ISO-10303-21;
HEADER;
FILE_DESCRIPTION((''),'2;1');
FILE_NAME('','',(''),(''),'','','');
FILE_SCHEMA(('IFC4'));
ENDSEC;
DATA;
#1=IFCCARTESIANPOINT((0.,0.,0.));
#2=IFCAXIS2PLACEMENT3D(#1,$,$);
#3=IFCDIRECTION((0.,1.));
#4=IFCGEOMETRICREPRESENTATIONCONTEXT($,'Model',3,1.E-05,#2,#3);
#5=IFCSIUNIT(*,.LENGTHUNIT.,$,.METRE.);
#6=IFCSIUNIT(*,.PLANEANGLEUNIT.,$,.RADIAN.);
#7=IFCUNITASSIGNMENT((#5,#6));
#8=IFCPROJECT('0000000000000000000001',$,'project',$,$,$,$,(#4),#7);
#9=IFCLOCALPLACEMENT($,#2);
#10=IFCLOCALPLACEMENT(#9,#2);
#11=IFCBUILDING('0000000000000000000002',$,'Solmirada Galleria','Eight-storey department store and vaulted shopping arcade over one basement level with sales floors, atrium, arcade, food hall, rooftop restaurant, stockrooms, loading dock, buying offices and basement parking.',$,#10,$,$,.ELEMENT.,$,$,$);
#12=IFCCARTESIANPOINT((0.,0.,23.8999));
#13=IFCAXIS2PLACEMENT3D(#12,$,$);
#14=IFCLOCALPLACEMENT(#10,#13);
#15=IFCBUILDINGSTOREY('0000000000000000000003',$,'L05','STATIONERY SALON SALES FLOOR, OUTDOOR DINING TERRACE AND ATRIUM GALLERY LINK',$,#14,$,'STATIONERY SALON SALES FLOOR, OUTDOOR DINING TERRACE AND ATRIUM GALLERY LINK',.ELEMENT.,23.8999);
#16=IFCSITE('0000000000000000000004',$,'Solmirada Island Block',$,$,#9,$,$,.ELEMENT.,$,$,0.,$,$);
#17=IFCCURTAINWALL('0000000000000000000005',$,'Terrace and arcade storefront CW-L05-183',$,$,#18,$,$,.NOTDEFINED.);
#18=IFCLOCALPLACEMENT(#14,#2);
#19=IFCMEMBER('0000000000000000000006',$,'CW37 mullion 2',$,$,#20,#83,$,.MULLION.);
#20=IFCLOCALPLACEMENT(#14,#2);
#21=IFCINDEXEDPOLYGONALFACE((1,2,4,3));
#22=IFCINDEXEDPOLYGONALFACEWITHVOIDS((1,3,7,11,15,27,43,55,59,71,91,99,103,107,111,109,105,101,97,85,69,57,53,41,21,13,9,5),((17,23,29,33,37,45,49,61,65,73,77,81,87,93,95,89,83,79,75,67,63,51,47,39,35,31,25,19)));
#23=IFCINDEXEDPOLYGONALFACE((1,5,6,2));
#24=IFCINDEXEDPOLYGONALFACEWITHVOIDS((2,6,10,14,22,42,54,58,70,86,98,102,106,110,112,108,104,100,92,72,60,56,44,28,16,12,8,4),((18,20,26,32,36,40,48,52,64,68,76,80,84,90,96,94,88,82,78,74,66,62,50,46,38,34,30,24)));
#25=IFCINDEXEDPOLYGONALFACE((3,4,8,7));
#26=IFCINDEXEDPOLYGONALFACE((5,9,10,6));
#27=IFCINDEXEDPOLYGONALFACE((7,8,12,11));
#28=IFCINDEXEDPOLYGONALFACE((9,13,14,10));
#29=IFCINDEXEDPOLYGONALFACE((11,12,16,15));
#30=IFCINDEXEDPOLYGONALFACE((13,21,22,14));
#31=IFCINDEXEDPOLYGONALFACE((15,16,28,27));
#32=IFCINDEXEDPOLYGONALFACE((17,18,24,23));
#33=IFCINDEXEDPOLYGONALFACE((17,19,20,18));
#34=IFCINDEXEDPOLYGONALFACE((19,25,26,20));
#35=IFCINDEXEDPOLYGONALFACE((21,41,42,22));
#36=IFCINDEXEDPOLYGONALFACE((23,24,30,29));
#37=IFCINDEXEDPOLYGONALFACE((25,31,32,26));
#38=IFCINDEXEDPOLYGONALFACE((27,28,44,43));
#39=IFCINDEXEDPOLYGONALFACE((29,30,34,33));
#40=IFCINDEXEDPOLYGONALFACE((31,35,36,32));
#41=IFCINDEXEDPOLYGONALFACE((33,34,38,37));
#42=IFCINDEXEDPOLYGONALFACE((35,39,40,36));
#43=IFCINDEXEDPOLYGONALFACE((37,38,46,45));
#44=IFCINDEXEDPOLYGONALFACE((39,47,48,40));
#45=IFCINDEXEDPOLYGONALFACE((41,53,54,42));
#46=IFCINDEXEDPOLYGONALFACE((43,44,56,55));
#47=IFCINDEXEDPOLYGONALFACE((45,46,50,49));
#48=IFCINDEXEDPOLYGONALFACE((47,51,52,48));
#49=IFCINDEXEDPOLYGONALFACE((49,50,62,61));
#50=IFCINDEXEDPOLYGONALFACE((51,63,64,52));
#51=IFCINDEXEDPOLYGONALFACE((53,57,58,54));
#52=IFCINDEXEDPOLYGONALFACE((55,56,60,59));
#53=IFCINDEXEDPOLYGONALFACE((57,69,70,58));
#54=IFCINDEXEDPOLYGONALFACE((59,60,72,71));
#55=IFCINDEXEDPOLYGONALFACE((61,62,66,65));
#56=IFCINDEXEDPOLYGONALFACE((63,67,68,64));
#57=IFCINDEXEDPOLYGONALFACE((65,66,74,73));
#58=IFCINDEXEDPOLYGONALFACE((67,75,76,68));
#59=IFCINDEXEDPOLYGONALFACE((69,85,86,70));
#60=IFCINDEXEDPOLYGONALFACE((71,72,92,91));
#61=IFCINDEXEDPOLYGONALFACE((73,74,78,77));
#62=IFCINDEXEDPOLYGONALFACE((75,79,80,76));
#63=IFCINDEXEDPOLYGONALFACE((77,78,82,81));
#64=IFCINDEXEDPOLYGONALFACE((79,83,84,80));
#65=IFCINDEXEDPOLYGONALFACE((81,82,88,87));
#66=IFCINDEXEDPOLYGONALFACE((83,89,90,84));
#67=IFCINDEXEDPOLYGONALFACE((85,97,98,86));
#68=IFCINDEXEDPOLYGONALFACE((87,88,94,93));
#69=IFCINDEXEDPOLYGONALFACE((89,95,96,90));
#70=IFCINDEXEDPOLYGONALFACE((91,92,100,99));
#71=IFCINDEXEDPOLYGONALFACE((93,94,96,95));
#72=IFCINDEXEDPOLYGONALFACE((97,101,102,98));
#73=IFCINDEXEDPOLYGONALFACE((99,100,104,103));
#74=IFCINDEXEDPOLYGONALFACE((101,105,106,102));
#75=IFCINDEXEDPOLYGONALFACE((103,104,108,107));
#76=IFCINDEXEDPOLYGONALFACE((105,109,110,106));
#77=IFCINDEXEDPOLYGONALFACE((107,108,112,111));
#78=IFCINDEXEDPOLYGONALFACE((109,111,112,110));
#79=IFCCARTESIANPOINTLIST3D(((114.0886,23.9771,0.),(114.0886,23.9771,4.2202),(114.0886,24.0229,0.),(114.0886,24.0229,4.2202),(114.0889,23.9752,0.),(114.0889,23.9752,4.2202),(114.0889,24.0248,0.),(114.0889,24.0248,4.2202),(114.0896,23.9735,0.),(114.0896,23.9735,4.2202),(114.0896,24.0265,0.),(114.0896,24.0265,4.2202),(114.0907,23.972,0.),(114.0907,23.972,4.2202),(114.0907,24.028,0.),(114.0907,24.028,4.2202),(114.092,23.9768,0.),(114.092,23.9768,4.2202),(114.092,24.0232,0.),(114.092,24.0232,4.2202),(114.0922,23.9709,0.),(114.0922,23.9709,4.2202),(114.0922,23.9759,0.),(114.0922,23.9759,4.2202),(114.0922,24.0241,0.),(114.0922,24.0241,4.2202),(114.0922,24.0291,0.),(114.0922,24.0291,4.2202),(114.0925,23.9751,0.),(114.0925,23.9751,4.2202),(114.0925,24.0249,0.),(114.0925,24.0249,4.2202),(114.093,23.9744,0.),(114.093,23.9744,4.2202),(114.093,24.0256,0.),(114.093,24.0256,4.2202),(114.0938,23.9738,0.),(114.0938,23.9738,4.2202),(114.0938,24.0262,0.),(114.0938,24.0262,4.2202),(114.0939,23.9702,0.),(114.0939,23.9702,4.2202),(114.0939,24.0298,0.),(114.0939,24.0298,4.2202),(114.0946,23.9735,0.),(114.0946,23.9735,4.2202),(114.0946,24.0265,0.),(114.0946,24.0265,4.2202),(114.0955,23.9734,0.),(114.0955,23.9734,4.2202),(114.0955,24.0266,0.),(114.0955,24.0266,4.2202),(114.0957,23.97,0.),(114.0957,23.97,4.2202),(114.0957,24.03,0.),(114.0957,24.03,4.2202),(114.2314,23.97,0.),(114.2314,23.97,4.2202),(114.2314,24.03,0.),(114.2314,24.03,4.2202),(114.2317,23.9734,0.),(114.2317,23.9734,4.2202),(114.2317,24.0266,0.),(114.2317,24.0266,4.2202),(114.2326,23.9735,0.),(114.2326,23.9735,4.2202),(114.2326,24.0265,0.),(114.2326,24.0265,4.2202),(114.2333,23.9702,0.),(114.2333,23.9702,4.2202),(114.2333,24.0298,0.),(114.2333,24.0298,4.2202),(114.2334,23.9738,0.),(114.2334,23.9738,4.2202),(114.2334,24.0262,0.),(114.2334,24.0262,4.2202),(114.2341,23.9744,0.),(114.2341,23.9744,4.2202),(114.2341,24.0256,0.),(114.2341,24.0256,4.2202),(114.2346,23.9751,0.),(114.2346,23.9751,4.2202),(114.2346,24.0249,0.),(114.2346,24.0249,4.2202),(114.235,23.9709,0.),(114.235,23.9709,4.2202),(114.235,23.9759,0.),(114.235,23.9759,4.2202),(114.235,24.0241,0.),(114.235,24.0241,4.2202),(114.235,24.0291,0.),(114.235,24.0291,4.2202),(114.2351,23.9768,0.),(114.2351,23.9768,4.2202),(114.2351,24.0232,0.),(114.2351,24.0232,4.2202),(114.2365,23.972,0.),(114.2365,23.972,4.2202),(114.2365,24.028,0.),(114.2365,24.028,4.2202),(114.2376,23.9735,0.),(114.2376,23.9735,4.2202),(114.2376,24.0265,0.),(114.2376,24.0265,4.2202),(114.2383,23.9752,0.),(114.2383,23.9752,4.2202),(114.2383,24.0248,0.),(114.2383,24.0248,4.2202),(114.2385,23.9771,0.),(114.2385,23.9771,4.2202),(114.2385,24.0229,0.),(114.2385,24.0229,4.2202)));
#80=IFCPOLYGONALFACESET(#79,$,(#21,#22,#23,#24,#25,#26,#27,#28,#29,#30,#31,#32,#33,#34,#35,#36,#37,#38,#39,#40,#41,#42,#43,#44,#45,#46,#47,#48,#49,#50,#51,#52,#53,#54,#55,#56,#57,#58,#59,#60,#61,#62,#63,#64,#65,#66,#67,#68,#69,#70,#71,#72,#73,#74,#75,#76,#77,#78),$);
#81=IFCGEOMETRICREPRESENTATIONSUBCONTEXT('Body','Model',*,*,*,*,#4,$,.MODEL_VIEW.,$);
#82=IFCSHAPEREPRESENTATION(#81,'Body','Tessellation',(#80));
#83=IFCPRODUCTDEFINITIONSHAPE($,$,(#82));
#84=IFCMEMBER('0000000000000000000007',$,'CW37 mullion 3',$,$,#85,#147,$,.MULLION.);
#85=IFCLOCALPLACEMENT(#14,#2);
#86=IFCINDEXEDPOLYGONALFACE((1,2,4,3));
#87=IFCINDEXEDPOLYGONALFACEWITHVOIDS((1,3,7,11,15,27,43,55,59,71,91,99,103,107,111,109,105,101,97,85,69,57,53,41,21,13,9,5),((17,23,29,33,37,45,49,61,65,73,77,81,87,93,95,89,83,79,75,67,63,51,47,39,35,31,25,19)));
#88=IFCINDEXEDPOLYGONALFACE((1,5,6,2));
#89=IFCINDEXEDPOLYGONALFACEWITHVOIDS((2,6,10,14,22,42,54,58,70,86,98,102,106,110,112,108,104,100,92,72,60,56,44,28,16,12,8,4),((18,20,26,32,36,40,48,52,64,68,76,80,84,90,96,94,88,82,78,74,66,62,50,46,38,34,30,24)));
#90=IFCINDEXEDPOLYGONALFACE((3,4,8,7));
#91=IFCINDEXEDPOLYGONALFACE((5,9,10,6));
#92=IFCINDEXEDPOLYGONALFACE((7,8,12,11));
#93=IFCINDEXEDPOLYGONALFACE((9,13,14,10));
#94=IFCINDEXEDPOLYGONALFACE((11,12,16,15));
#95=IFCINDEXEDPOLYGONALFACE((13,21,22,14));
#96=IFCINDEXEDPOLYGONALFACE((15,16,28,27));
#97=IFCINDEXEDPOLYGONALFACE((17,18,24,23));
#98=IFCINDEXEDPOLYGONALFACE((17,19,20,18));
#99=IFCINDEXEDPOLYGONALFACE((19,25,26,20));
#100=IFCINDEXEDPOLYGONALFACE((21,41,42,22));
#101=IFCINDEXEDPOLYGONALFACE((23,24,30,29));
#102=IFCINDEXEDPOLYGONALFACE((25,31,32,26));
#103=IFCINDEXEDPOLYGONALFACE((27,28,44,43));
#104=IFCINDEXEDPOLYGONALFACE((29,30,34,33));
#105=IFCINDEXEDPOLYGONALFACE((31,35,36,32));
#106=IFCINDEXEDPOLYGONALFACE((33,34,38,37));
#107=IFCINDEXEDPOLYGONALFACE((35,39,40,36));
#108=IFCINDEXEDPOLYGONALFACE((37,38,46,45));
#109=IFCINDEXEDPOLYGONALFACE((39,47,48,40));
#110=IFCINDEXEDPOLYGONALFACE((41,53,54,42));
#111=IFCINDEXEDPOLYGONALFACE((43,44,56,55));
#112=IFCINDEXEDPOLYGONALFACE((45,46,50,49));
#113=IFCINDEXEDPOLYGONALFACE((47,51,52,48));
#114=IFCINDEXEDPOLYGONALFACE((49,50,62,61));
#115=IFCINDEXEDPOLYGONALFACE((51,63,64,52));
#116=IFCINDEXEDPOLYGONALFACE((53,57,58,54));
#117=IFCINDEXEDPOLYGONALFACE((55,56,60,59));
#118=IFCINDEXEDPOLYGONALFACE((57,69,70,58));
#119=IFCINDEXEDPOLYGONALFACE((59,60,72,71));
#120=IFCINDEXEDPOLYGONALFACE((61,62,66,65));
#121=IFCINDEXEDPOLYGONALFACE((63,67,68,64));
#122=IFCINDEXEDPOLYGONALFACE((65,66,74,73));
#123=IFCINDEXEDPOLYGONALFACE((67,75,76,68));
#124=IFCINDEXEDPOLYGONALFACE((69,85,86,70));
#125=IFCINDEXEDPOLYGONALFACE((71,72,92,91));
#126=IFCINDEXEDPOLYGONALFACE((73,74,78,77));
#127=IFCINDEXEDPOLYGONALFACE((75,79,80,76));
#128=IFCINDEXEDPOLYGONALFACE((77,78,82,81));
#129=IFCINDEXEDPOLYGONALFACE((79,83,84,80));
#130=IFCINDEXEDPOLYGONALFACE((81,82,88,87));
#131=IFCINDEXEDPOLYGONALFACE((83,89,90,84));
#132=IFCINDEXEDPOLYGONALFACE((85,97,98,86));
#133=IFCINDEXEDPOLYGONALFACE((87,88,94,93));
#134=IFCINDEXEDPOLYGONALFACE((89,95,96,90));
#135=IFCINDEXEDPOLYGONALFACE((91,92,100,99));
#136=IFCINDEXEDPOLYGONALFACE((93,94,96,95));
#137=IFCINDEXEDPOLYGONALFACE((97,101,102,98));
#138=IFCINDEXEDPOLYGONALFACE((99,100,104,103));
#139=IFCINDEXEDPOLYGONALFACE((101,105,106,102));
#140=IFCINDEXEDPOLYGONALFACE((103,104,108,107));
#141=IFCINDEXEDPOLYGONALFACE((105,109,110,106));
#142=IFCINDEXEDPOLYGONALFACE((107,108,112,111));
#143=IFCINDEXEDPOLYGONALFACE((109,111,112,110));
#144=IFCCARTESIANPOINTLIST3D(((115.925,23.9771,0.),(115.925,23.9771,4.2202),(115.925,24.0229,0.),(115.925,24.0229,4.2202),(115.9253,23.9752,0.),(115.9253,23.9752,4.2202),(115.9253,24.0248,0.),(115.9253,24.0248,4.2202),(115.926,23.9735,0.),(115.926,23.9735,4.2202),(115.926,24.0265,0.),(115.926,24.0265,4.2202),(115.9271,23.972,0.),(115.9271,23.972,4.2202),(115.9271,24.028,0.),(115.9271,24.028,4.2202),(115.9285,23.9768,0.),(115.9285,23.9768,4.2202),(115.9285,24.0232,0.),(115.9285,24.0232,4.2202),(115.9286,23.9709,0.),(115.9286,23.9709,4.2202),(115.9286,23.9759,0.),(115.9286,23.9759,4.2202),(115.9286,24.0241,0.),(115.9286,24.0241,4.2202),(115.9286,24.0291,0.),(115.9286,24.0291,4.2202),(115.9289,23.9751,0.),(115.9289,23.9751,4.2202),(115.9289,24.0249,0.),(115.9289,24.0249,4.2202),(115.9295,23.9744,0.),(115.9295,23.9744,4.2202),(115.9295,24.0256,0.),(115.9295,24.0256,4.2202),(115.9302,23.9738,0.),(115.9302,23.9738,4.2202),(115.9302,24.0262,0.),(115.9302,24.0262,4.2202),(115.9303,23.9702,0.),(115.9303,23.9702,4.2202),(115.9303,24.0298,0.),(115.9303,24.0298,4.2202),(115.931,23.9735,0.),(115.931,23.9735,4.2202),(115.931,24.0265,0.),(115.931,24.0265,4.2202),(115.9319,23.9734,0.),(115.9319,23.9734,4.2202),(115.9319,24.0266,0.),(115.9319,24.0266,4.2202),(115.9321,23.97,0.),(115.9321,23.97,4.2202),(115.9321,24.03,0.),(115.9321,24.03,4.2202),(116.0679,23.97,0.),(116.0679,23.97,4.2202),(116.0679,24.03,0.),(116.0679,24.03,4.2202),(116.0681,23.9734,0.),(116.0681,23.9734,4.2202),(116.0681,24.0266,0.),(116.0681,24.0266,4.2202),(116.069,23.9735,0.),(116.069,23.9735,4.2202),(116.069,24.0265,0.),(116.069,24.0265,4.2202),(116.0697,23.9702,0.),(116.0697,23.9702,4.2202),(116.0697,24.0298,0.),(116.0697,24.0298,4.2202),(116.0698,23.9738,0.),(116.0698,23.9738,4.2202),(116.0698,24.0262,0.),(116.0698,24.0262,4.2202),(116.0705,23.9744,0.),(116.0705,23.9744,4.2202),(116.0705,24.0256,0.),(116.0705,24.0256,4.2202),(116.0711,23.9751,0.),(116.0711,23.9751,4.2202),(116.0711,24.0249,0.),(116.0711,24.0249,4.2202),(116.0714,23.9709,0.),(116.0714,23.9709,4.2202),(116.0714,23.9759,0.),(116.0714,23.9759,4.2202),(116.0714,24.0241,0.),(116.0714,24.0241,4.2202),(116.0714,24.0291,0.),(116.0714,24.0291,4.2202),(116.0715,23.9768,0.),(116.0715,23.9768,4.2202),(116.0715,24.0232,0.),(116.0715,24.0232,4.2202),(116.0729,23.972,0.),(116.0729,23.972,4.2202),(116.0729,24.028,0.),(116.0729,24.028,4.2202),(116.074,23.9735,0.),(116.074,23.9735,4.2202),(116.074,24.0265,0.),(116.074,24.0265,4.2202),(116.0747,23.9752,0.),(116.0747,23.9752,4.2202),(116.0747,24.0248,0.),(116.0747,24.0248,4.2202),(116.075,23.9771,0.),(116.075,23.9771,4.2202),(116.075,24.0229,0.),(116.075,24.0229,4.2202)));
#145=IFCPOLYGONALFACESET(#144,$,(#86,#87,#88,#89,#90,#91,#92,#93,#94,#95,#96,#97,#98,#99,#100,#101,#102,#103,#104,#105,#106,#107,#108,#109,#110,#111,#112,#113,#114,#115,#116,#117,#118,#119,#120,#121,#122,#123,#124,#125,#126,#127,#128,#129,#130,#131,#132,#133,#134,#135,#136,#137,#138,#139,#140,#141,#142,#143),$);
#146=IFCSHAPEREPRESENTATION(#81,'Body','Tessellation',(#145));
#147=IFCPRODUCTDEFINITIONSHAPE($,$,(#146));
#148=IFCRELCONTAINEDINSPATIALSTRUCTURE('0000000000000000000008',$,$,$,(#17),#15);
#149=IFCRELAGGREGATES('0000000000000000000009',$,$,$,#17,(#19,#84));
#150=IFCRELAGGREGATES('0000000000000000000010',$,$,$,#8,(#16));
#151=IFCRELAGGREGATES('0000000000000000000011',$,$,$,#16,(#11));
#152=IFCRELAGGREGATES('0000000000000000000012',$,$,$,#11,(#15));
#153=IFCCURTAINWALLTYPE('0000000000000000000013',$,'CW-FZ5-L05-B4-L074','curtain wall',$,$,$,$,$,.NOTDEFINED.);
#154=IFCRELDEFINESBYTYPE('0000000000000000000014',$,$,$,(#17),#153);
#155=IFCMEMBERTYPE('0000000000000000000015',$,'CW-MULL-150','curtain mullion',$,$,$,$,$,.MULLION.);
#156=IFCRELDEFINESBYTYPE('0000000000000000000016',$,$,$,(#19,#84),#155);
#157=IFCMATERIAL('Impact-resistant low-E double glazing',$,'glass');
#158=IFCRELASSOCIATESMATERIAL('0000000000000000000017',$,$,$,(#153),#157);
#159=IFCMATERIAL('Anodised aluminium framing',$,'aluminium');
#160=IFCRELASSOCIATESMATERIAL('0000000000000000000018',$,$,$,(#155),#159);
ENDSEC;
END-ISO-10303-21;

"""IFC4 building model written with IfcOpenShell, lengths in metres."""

from ifc_helpers import new_model, si_unit, direction, frame, origin, origin_2d, place, context, subcontext, project, spatial, hollow_rectangle, extrude, material, material_profile, profile_set, type_object, element, aggregate, save


model = new_model("IFC4")

# Units and contexts
model_context = context("Model", 3, precision=1e-05, world=origin(), true_north=direction((0.0, 1.0)))
body_context = subcontext(model_context, "Body", "Model", "MODEL_VIEW")
ifc_project = project(units=[si_unit("LENGTHUNIT", "METRE"), si_unit("PLANEANGLEUNIT", "RADIAN")], contexts=[model_context])

# Site, building, storey
site_placement = place(None, origin())
site = spatial("IfcSite", under=ifc_project, at=site_placement, Name="Solmirada Island Block", CompositionType="ELEMENT", RefElevation=0.0)
building_placement = place(site_placement, origin())
building = spatial("IfcBuilding", under=site, at=building_placement, Name="Solmirada Galleria", Description="Eight-storey department store and vaulted shopping arcade over one basement level with sales floors, atrium, arcade, food hall, rooftop restaurant, stockrooms, loading dock, buying offices and basement parking.", CompositionType="ELEMENT")
storey_placement = place(building_placement, frame((0.0, 0.0, 23.8999)))
storey = spatial("IfcBuildingStorey", under=building, at=storey_placement, Name="L05", Description="STATIONERY SALON SALES FLOOR, OUTDOOR DINING TERRACE AND ATRIUM GALLERY LINK", LongName="STATIONERY SALON SALES FLOOR, OUTDOOR DINING TERRACE AND ATRIUM GALLERY LINK", CompositionType="ELEMENT", Elevation=23.8999)

# Curtain wall, members
ifc_material_1 = material(Name="Impact-resistant low-E double glazing", Category="glass")
curtain_wall_type = type_object("IfcCurtainWallType", Name="CW-FZ5-L05-B4-L074", Description="curtain wall", PredefinedType="NOTDEFINED", material=ifc_material_1)
curtain_wall_placement = place(storey_placement, origin())
curtain_wall = element("IfcCurtainWall", 1, at=curtain_wall_placement, inside=storey, type_object=curtain_wall_type, Name="Terrace and arcade storefront CW-L05-183", PredefinedType="NOTDEFINED")
ifc_material_2 = material(Name="Anodised aluminium framing", Category="aluminium")
ifc_material_profile_1 = material_profile(ifc_material_2, hollow_rectangle(XDim=0.0601, YDim=0.1499, WallThickness=0.0034, InnerFilletRadius=0.0034, OuterFilletRadius=0.0071, at=origin_2d()), Name="ALU-MULL-150X60")
ifc_profile_set_1 = profile_set([ifc_material_profile_1], Name="Anodised aluminium framing")
member_type_1 = type_object("IfcMemberType", Name="CW-MULL-150", Description="curtain mullion", PredefinedType="MULLION", material=ifc_profile_set_1)
member_1_placement = place(storey_placement, frame((114.1636, 24.0, 0.0), z_axis=(0.0, 0.0, 1.0), x_axis=(0.0, 1.0, 0.0)))
member_1 = element("IfcMember", 2, at=member_1_placement, type_object=member_type_1, Name="CW37 mullion 2", PredefinedType="MULLION", context=body_context, shape_type="SweptSolid", body=[
    extrude(hollow_rectangle(XDim=0.0601, YDim=0.1499, WallThickness=0.0034, InnerFilletRadius=0.0034, OuterFilletRadius=0.0071, at=origin_2d()), origin(), (0.0, 0.0, 1.0), 4.2202),
])
member_2_placement = place(storey_placement, frame((116.0, 24.0, 0.0), z_axis=(0.0, 0.0, 1.0), x_axis=(0.0, 1.0, 0.0)))
member_2 = element("IfcMember", 3, at=member_2_placement, type_object=member_type_1, Name="CW37 mullion 3", PredefinedType="MULLION", context=body_context, shape_type="SweptSolid", body=[
    extrude(hollow_rectangle(XDim=0.0601, YDim=0.1499, WallThickness=0.0034, InnerFilletRadius=0.0034, OuterFilletRadius=0.0071, at=origin_2d()), origin(), (0.0, 0.0, 1.0), 4.2202),
])
aggregate(curtain_wall, [member_1, member_2])

save(model, "model.ifc")
